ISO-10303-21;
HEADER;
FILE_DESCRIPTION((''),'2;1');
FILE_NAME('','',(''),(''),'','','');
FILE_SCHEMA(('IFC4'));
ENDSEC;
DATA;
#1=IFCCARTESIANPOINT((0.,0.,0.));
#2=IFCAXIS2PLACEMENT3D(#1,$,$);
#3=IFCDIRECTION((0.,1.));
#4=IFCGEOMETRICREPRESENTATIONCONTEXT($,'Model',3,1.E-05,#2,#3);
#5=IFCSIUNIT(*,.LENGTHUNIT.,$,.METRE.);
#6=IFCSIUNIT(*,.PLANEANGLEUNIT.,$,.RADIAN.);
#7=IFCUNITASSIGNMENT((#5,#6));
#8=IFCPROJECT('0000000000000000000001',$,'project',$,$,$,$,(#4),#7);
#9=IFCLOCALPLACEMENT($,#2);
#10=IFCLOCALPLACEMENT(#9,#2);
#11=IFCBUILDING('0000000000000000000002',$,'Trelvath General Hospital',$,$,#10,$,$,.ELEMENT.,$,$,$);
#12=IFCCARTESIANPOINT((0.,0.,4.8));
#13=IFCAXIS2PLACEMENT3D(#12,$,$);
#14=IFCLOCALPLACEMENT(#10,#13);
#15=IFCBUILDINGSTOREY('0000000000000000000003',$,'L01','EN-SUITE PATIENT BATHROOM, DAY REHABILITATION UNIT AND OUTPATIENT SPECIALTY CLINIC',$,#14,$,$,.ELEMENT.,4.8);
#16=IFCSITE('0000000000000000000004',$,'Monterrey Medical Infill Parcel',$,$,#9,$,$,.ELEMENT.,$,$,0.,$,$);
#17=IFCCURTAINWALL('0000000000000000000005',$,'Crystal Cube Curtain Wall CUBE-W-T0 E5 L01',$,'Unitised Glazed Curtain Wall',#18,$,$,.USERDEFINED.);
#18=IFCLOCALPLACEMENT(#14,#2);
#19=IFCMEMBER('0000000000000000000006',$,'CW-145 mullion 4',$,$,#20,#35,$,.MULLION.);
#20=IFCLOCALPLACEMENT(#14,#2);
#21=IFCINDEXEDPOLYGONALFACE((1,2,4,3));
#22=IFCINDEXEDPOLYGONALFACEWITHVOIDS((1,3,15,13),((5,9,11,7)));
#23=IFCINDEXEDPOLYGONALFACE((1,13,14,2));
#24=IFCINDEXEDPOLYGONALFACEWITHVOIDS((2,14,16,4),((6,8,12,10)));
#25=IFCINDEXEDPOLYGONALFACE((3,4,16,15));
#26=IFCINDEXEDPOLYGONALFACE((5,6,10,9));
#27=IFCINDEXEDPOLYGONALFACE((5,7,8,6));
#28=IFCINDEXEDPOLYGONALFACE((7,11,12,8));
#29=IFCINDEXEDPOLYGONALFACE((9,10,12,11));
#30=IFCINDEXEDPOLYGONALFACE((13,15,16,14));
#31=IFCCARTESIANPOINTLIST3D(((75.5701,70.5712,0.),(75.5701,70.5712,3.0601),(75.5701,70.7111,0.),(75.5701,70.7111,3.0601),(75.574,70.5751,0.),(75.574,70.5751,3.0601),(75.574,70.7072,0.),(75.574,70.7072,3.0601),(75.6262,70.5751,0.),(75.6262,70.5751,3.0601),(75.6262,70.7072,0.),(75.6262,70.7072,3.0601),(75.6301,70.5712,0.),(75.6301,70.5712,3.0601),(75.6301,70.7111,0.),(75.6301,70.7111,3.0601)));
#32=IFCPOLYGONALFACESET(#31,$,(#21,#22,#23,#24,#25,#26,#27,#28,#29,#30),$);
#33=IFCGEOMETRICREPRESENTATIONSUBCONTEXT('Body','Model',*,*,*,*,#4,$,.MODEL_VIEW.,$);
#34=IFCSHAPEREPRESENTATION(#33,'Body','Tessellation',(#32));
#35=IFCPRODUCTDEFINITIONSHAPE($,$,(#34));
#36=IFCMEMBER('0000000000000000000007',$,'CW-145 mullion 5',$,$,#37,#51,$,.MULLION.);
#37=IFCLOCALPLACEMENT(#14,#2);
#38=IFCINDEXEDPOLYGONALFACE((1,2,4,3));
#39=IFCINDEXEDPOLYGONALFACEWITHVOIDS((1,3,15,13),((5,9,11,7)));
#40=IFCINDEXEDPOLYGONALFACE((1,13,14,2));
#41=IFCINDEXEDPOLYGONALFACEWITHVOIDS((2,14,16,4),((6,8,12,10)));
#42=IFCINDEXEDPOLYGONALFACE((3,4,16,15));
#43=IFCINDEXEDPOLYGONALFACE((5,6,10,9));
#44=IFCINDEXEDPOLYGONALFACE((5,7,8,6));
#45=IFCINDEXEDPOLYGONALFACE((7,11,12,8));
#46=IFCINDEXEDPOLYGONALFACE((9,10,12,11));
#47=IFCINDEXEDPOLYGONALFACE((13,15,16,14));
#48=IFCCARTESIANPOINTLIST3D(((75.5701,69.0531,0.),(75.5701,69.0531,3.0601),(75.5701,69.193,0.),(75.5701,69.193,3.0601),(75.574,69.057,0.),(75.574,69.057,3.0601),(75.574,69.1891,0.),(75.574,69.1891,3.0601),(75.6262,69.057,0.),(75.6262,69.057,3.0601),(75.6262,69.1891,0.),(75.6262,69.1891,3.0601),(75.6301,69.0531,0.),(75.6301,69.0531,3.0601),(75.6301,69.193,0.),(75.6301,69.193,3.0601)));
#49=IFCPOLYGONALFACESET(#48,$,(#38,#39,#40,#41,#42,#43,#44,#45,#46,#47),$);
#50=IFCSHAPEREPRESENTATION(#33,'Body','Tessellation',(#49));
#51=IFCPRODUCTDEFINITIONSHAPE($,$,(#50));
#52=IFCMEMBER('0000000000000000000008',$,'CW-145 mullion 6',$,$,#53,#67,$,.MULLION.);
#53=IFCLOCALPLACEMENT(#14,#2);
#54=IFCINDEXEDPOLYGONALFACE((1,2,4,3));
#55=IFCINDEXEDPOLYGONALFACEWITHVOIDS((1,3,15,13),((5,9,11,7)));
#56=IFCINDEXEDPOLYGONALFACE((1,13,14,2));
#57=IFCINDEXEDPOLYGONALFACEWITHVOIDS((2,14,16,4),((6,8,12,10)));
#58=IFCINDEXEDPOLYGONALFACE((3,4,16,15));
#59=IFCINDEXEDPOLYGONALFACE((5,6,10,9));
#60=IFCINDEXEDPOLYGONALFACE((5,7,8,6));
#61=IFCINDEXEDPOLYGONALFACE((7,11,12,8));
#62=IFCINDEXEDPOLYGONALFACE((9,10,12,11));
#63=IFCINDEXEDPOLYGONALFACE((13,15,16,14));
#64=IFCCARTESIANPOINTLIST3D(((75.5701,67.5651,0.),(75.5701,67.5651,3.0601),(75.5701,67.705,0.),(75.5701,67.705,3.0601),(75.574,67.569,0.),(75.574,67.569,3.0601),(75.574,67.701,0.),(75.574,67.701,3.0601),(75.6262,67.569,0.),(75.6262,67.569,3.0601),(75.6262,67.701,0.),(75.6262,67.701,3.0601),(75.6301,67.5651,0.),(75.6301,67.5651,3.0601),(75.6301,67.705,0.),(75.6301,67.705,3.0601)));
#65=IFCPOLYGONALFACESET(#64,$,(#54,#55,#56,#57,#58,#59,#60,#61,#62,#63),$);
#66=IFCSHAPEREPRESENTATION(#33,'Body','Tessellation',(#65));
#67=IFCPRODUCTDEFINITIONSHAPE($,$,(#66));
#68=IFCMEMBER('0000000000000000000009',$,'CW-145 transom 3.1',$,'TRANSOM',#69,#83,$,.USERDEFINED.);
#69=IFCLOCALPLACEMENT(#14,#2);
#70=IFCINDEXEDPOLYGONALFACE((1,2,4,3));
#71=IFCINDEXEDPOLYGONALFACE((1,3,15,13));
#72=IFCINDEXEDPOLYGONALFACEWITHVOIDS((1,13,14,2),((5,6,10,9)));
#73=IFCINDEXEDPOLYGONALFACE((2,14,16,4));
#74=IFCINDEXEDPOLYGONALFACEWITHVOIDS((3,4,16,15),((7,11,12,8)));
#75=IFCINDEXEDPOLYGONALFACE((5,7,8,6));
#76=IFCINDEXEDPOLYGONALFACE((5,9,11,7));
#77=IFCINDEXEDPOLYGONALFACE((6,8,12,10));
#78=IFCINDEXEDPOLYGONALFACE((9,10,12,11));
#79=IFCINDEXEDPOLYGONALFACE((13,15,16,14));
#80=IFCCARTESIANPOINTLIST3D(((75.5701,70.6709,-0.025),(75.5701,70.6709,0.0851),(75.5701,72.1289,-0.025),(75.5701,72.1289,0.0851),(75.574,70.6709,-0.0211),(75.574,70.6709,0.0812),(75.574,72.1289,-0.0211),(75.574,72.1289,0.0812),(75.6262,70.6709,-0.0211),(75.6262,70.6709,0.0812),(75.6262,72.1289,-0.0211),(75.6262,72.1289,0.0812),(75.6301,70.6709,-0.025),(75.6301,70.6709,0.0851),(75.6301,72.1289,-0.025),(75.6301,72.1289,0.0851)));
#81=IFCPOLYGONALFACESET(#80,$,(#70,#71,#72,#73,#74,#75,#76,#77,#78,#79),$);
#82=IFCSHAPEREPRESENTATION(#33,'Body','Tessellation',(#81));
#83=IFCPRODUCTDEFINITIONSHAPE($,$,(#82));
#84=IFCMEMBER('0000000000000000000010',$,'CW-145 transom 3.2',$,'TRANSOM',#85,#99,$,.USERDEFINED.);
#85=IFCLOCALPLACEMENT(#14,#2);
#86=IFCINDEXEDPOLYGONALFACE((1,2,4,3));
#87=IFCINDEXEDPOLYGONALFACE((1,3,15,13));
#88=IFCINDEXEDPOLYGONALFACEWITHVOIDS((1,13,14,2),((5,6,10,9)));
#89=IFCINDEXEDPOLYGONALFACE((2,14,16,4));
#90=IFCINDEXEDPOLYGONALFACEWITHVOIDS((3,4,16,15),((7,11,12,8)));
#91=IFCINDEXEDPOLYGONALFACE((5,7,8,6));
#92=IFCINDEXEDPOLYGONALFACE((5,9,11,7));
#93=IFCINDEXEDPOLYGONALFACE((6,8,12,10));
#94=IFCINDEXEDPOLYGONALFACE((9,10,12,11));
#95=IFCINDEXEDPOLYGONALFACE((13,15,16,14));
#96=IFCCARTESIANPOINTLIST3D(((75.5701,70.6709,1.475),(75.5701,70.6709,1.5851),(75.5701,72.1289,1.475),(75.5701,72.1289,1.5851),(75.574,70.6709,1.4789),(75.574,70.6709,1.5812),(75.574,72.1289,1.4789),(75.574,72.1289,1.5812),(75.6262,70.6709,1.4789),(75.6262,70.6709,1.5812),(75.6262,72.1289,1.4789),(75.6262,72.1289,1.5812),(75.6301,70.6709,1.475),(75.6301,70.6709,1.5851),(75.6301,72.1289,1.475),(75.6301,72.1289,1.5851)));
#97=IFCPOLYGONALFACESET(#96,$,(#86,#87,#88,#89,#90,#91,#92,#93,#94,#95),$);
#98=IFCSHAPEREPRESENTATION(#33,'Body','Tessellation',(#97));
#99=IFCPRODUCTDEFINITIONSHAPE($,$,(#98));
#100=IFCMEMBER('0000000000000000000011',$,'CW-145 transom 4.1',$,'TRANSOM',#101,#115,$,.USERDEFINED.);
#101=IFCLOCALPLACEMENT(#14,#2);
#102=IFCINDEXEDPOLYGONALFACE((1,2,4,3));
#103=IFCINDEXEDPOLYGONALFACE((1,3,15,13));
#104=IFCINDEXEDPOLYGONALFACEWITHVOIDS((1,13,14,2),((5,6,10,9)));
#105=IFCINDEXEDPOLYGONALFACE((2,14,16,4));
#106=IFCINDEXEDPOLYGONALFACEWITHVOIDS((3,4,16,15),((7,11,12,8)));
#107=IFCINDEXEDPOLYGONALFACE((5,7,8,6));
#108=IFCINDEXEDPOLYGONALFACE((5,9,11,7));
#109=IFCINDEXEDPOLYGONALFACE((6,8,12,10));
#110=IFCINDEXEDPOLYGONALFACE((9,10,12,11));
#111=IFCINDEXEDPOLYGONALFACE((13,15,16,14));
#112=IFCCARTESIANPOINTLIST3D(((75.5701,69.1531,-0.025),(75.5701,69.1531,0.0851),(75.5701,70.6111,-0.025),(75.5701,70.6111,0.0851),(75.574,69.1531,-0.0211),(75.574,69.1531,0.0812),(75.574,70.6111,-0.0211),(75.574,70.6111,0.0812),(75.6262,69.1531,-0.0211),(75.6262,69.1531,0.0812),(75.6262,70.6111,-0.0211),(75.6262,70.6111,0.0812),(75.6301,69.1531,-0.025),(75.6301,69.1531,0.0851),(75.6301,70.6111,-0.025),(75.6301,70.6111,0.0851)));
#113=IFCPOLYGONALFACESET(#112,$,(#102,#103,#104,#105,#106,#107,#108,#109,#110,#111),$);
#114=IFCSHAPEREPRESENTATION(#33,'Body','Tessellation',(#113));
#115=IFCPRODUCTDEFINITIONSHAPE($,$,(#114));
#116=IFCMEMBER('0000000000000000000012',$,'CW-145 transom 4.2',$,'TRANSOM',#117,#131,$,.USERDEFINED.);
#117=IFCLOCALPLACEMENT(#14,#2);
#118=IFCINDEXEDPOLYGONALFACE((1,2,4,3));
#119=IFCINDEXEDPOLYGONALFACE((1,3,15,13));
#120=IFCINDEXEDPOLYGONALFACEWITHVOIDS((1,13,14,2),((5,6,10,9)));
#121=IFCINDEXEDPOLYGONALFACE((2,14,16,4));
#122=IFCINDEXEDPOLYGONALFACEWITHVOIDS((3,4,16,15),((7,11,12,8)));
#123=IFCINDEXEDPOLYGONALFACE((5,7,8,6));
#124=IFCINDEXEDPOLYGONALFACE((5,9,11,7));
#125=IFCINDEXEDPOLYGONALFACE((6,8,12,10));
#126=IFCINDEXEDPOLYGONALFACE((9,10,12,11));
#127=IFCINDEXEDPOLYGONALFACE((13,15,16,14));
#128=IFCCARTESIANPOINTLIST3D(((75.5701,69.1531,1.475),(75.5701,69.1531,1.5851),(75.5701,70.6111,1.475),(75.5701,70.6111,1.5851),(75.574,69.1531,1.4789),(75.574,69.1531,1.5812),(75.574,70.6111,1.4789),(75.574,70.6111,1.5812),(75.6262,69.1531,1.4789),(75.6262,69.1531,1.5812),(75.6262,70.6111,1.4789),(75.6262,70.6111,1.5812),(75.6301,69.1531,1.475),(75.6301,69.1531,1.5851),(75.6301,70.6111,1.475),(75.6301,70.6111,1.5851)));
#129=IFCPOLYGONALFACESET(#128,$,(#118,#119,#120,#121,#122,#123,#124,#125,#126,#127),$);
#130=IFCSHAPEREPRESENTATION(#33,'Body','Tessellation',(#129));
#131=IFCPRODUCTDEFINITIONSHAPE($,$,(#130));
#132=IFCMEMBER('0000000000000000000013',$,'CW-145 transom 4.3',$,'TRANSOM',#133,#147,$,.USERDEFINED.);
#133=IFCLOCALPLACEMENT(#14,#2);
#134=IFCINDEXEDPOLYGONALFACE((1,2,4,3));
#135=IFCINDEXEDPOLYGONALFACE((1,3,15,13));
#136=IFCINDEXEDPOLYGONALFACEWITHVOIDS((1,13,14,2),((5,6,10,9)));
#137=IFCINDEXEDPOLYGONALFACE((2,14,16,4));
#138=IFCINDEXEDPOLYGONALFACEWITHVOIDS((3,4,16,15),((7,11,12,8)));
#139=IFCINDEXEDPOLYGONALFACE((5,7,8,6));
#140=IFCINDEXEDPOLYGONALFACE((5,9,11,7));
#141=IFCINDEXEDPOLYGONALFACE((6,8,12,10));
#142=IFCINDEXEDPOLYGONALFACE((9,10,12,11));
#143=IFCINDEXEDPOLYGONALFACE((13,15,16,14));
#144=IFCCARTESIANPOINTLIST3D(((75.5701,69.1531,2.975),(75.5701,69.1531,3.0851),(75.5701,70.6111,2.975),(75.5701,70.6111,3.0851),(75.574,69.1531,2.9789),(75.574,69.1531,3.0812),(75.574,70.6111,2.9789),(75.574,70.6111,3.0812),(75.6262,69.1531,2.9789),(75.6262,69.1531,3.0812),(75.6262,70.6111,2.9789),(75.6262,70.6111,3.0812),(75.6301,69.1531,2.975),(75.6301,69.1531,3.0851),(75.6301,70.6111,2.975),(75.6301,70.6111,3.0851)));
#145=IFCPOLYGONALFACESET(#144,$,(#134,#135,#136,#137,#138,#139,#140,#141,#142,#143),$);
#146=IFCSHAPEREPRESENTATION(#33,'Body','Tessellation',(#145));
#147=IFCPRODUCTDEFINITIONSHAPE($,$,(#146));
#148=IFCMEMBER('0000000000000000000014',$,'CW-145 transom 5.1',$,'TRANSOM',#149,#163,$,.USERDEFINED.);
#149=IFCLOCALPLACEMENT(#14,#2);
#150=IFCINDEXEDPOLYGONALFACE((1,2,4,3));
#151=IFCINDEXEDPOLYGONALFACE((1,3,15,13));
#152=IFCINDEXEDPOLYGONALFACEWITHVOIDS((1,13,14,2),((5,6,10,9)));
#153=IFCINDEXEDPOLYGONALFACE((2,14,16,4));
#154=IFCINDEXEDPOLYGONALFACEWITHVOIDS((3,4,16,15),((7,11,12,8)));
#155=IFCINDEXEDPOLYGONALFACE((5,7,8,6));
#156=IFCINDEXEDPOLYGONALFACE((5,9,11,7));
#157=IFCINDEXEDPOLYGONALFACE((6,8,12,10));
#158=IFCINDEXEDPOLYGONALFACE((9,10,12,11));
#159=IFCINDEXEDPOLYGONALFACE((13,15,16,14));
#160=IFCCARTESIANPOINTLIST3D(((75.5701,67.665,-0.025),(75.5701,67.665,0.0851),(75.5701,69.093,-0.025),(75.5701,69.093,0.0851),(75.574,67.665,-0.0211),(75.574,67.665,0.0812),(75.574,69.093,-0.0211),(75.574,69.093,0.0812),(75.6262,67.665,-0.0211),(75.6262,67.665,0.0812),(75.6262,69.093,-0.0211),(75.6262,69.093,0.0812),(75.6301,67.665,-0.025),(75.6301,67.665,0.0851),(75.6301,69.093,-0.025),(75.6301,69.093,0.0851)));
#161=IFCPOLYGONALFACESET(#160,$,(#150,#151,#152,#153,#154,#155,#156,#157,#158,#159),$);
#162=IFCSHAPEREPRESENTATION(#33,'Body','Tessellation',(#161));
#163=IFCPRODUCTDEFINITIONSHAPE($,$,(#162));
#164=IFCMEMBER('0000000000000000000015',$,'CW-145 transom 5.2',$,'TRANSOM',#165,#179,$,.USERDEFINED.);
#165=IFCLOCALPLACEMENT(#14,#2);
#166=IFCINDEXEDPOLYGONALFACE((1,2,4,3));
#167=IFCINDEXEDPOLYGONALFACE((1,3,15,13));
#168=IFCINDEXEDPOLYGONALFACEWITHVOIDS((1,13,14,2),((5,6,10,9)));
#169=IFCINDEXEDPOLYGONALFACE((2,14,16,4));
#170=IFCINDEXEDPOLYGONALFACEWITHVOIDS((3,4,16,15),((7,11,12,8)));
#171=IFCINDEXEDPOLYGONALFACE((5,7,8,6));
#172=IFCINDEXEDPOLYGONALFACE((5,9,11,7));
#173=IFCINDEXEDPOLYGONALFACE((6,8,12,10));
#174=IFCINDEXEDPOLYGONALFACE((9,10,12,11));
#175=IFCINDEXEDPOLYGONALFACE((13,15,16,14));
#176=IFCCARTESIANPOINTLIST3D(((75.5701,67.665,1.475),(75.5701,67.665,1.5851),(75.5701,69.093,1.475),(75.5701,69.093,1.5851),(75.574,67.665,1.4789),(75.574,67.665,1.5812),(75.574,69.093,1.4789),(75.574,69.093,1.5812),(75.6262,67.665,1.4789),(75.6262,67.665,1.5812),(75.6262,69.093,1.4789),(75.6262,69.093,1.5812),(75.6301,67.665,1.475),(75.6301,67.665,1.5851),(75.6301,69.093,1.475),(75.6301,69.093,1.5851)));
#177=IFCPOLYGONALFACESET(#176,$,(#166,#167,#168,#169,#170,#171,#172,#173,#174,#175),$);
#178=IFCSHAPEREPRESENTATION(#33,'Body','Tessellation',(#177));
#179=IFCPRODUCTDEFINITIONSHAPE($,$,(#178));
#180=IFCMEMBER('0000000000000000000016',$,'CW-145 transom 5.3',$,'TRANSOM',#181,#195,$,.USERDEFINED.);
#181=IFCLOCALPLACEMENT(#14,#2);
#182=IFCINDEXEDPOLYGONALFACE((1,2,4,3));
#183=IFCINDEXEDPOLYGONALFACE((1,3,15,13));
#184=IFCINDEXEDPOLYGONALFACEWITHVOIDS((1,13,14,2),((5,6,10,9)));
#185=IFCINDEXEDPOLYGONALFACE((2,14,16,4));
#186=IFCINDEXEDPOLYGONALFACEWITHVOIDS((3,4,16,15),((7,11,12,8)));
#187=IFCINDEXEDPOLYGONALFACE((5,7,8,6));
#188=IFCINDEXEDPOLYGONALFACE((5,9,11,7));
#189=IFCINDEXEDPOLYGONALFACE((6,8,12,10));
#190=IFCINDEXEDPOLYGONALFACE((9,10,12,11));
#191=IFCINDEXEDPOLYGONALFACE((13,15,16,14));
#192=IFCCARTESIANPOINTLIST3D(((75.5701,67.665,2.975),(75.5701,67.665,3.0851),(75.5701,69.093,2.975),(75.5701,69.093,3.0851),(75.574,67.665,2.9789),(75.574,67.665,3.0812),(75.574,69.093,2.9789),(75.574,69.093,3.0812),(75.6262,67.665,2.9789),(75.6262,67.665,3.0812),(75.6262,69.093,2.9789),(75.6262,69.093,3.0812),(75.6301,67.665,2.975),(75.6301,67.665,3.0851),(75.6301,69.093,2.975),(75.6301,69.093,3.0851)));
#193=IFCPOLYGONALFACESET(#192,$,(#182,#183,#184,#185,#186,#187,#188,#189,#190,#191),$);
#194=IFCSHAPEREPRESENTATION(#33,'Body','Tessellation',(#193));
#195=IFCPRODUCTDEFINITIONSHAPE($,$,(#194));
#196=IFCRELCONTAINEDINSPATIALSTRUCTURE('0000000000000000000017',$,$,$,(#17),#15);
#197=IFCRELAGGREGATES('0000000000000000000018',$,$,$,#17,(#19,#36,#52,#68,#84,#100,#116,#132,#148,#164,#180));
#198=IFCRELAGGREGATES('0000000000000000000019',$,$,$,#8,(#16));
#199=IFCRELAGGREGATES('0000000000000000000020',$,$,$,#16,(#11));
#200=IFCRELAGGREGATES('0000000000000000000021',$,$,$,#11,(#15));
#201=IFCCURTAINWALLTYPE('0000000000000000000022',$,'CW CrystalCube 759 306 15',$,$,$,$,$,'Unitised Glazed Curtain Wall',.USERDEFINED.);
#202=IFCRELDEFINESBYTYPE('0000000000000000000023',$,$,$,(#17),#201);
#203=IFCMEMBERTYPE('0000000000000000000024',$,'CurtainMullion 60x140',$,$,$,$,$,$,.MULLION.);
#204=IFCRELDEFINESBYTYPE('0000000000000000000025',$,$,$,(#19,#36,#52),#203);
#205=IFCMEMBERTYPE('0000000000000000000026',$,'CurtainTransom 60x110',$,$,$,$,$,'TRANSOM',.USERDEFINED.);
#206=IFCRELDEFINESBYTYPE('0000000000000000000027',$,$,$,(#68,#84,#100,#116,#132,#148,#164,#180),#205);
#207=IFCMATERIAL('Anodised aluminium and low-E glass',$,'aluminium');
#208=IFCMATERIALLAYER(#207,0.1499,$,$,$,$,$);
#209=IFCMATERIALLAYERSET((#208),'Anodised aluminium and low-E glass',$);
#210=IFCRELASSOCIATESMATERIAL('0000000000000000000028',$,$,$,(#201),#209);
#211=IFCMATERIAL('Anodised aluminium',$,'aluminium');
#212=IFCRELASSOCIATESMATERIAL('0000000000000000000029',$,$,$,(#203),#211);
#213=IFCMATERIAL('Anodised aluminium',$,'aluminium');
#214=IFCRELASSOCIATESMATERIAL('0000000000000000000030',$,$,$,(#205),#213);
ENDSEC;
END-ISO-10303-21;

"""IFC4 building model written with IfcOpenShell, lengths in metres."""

from ifc_helpers import new_model, si_unit, direction, frame, origin, origin_2d, place, context, subcontext, project, spatial, hollow_rectangle, extrude, material, layer, layer_set, material_profile, profile_set, type_object, element, aggregate, save


model = new_model("IFC4")

# Units and contexts
model_context = context("Model", 3, precision=1e-05, world=origin(), true_north=direction((0.0, 1.0)))
body_context = subcontext(model_context, "Body", "Model", "MODEL_VIEW")
ifc_project = project(units=[si_unit("LENGTHUNIT", "METRE"), si_unit("PLANEANGLEUNIT", "RADIAN")], contexts=[model_context])

# Site, building, storey
site_placement = place(None, origin())
site = spatial("IfcSite", under=ifc_project, at=site_placement, Name="Monterrey Medical Infill Parcel", CompositionType="ELEMENT", RefElevation=0.0)
building_placement = place(site_placement, origin())
building = spatial("IfcBuilding", under=site, at=building_placement, Name="Trelvath General Hospital", CompositionType="ELEMENT")
storey_placement = place(building_placement, frame((0.0, 0.0, 4.8)))
storey = spatial("IfcBuildingStorey", under=building, at=storey_placement, Name="L01", Description="EN-SUITE PATIENT BATHROOM, DAY REHABILITATION UNIT AND OUTPATIENT SPECIALTY CLINIC", CompositionType="ELEMENT", Elevation=4.8)

# Curtain wall, members
ifc_material_1 = material(Name="Anodised aluminium and low-E glass", Category="aluminium")
ifc_layer_1 = layer(ifc_material_1, 0.1499)
ifc_layer_set_1 = layer_set([ifc_layer_1], Name="Anodised aluminium and low-E glass")
curtain_wall_type = type_object("IfcCurtainWallType", Name="CW CrystalCube 759 306 15", ElementType="Unitised Glazed Curtain Wall", PredefinedType="USERDEFINED", material=ifc_layer_set_1)
curtain_wall_placement = place(storey_placement, origin())
curtain_wall = element("IfcCurtainWall", 1, at=curtain_wall_placement, inside=storey, type_object=curtain_wall_type, Name="Crystal Cube Curtain Wall CUBE-W-T0 E5 L01", ObjectType="Unitised Glazed Curtain Wall", PredefinedType="USERDEFINED")
ifc_material_2 = material(Name="Anodised aluminium", Category="aluminium")
ifc_material_profile_1 = material_profile(ifc_material_2, hollow_rectangle(XDim=0.0601, YDim=0.1399, WallThickness=0.0039, at=origin_2d()), Name="RHS60x140x4")
ifc_profile_set_1 = profile_set([ifc_material_profile_1], Name="Anodised aluminium")
member_type_1 = type_object("IfcMemberType", Name="CurtainMullion 60x140", PredefinedType="MULLION", material=ifc_profile_set_1)
member_1_placement = place(storey_placement, frame((75.6001, 70.6411, 0.0), z_axis=(0.0, 0.0, 1.0), x_axis=(1.0, 0.0, 0.0)))
member_1 = element("IfcMember", 2, at=member_1_placement, type_object=member_type_1, Name="CW-145 mullion 4", PredefinedType="MULLION", context=body_context, shape_type="SweptSolid", body=[
    extrude(hollow_rectangle(XDim=0.0601, YDim=0.1399, WallThickness=0.0039, at=origin_2d()), origin(), (0.0, 0.0, 1.0), 3.0601),
])
member_2_placement = place(storey_placement, frame((75.6001, 69.123, 0.0), z_axis=(0.0, 0.0, 1.0), x_axis=(1.0, 0.0, 0.0)))
member_2 = element("IfcMember", 3, at=member_2_placement, type_object=member_type_1, Name="CW-145 mullion 5", PredefinedType="MULLION", context=body_context, shape_type="SweptSolid", body=[
    extrude(hollow_rectangle(XDim=0.0601, YDim=0.1399, WallThickness=0.0039, at=origin_2d()), origin(), (0.0, 0.0, 1.0), 3.0601),
])
member_3_placement = place(storey_placement, frame((75.6001, 67.635, 0.0), z_axis=(0.0, 0.0, 1.0), x_axis=(1.0, 0.0, 0.0)))
member_3 = element("IfcMember", 4, at=member_3_placement, type_object=member_type_1, Name="CW-145 mullion 6", PredefinedType="MULLION", context=body_context, shape_type="SweptSolid", body=[
    extrude(hollow_rectangle(XDim=0.0601, YDim=0.1399, WallThickness=0.0039, at=origin_2d()), origin(), (0.0, 0.0, 1.0), 3.0601),
])
ifc_material_3 = material(Name="Anodised aluminium", Category="aluminium")
ifc_material_profile_2 = material_profile(ifc_material_3, hollow_rectangle(XDim=0.0601, YDim=0.1101, WallThickness=0.0039, at=origin_2d()), Name="RHS60x110x4")
ifc_profile_set_2 = profile_set([ifc_material_profile_2], Name="Anodised aluminium")
member_type_2 = type_object("IfcMemberType", Name="CurtainTransom 60x110", ElementType="TRANSOM", PredefinedType="USERDEFINED", material=ifc_profile_set_2)
member_4_placement = place(storey_placement, frame((75.6001, 72.1289, 0.03), z_axis=(0.0, -1.0, 0.0), x_axis=(1.0, 0.0, 0.0)))
member_4 = element("IfcMember", 5, at=member_4_placement, type_object=member_type_2, Name="CW-145 transom 3.1", ObjectType="TRANSOM", PredefinedType="USERDEFINED", context=body_context, shape_type="SweptSolid", body=[
    extrude(hollow_rectangle(XDim=0.0601, YDim=0.1101, WallThickness=0.0039, at=origin_2d()), origin(), (0.0, 0.0, 1.0), 1.458),
])
member_5_placement = place(storey_placement, frame((75.6001, 72.1289, 1.53), z_axis=(0.0, -1.0, 0.0), x_axis=(1.0, 0.0, 0.0)))
member_5 = element("IfcMember", 6, at=member_5_placement, type_object=member_type_2, Name="CW-145 transom 3.2", ObjectType="TRANSOM", PredefinedType="USERDEFINED", context=body_context, shape_type="SweptSolid", body=[
    extrude(hollow_rectangle(XDim=0.0601, YDim=0.1101, WallThickness=0.0039, at=origin_2d()), origin(), (0.0, 0.0, 1.0), 1.458),
])
member_6_placement = place(storey_placement, frame((75.6001, 70.6111, 0.03), z_axis=(0.0, -1.0, 0.0), x_axis=(1.0, 0.0, 0.0)))
member_6 = element("IfcMember", 7, at=member_6_placement, type_object=member_type_2, Name="CW-145 transom 4.1", ObjectType="TRANSOM", PredefinedType="USERDEFINED", context=body_context, shape_type="SweptSolid", body=[
    extrude(hollow_rectangle(XDim=0.0601, YDim=0.1101, WallThickness=0.0039, at=origin_2d()), origin(), (0.0, 0.0, 1.0), 1.458),
])
member_7_placement = place(storey_placement, frame((75.6001, 70.6111, 1.53), z_axis=(0.0, -1.0, 0.0), x_axis=(1.0, 0.0, 0.0)))
member_7 = element("IfcMember", 8, at=member_7_placement, type_object=member_type_2, Name="CW-145 transom 4.2", ObjectType="TRANSOM", PredefinedType="USERDEFINED", context=body_context, shape_type="SweptSolid", body=[
    extrude(hollow_rectangle(XDim=0.0601, YDim=0.1101, WallThickness=0.0039, at=origin_2d()), origin(), (0.0, 0.0, 1.0), 1.458),
])
member_8_placement = place(storey_placement, frame((75.6001, 70.6111, 3.03), z_axis=(0.0, -1.0, 0.0), x_axis=(1.0, 0.0, 0.0)))
member_8 = element("IfcMember", 9, at=member_8_placement, type_object=member_type_2, Name="CW-145 transom 4.3", ObjectType="TRANSOM", PredefinedType="USERDEFINED", context=body_context, shape_type="SweptSolid", body=[
    extrude(hollow_rectangle(XDim=0.0601, YDim=0.1101, WallThickness=0.0039, at=origin_2d()), origin(), (0.0, 0.0, 1.0), 1.458),
])
member_9_placement = place(storey_placement, frame((75.6001, 69.093, 0.03), z_axis=(0.0, -1.0, 0.0), x_axis=(1.0, 0.0, 0.0)))
member_9 = element("IfcMember", 10, at=member_9_placement, type_object=member_type_2, Name="CW-145 transom 5.1", ObjectType="TRANSOM", PredefinedType="USERDEFINED", context=body_context, shape_type="SweptSolid", body=[
    extrude(hollow_rectangle(XDim=0.0601, YDim=0.1101, WallThickness=0.0039, at=origin_2d()), origin(), (0.0, 0.0, 1.0), 1.428),
])
member_10_placement = place(storey_placement, frame((75.6001, 69.093, 1.53), z_axis=(0.0, -1.0, 0.0), x_axis=(1.0, 0.0, 0.0)))
member_10 = element("IfcMember", 11, at=member_10_placement, type_object=member_type_2, Name="CW-145 transom 5.2", ObjectType="TRANSOM", PredefinedType="USERDEFINED", context=body_context, shape_type="SweptSolid", body=[
    extrude(hollow_rectangle(XDim=0.0601, YDim=0.1101, WallThickness=0.0039, at=origin_2d()), origin(), (0.0, 0.0, 1.0), 1.428),
])
member_11_placement = place(storey_placement, frame((75.6001, 69.093, 3.03), z_axis=(0.0, -1.0, 0.0), x_axis=(1.0, 0.0, 0.0)))
member_11 = element("IfcMember", 12, at=member_11_placement, type_object=member_type_2, Name="CW-145 transom 5.3", ObjectType="TRANSOM", PredefinedType="USERDEFINED", context=body_context, shape_type="SweptSolid", body=[
    extrude(hollow_rectangle(XDim=0.0601, YDim=0.1101, WallThickness=0.0039, at=origin_2d()), origin(), (0.0, 0.0, 1.0), 1.428),
])

aggregate(curtain_wall, [member_1, member_2, member_3, member_4, member_5, member_6, member_7, member_8, member_9, member_10, member_11])

save(model, "model.ifc")
